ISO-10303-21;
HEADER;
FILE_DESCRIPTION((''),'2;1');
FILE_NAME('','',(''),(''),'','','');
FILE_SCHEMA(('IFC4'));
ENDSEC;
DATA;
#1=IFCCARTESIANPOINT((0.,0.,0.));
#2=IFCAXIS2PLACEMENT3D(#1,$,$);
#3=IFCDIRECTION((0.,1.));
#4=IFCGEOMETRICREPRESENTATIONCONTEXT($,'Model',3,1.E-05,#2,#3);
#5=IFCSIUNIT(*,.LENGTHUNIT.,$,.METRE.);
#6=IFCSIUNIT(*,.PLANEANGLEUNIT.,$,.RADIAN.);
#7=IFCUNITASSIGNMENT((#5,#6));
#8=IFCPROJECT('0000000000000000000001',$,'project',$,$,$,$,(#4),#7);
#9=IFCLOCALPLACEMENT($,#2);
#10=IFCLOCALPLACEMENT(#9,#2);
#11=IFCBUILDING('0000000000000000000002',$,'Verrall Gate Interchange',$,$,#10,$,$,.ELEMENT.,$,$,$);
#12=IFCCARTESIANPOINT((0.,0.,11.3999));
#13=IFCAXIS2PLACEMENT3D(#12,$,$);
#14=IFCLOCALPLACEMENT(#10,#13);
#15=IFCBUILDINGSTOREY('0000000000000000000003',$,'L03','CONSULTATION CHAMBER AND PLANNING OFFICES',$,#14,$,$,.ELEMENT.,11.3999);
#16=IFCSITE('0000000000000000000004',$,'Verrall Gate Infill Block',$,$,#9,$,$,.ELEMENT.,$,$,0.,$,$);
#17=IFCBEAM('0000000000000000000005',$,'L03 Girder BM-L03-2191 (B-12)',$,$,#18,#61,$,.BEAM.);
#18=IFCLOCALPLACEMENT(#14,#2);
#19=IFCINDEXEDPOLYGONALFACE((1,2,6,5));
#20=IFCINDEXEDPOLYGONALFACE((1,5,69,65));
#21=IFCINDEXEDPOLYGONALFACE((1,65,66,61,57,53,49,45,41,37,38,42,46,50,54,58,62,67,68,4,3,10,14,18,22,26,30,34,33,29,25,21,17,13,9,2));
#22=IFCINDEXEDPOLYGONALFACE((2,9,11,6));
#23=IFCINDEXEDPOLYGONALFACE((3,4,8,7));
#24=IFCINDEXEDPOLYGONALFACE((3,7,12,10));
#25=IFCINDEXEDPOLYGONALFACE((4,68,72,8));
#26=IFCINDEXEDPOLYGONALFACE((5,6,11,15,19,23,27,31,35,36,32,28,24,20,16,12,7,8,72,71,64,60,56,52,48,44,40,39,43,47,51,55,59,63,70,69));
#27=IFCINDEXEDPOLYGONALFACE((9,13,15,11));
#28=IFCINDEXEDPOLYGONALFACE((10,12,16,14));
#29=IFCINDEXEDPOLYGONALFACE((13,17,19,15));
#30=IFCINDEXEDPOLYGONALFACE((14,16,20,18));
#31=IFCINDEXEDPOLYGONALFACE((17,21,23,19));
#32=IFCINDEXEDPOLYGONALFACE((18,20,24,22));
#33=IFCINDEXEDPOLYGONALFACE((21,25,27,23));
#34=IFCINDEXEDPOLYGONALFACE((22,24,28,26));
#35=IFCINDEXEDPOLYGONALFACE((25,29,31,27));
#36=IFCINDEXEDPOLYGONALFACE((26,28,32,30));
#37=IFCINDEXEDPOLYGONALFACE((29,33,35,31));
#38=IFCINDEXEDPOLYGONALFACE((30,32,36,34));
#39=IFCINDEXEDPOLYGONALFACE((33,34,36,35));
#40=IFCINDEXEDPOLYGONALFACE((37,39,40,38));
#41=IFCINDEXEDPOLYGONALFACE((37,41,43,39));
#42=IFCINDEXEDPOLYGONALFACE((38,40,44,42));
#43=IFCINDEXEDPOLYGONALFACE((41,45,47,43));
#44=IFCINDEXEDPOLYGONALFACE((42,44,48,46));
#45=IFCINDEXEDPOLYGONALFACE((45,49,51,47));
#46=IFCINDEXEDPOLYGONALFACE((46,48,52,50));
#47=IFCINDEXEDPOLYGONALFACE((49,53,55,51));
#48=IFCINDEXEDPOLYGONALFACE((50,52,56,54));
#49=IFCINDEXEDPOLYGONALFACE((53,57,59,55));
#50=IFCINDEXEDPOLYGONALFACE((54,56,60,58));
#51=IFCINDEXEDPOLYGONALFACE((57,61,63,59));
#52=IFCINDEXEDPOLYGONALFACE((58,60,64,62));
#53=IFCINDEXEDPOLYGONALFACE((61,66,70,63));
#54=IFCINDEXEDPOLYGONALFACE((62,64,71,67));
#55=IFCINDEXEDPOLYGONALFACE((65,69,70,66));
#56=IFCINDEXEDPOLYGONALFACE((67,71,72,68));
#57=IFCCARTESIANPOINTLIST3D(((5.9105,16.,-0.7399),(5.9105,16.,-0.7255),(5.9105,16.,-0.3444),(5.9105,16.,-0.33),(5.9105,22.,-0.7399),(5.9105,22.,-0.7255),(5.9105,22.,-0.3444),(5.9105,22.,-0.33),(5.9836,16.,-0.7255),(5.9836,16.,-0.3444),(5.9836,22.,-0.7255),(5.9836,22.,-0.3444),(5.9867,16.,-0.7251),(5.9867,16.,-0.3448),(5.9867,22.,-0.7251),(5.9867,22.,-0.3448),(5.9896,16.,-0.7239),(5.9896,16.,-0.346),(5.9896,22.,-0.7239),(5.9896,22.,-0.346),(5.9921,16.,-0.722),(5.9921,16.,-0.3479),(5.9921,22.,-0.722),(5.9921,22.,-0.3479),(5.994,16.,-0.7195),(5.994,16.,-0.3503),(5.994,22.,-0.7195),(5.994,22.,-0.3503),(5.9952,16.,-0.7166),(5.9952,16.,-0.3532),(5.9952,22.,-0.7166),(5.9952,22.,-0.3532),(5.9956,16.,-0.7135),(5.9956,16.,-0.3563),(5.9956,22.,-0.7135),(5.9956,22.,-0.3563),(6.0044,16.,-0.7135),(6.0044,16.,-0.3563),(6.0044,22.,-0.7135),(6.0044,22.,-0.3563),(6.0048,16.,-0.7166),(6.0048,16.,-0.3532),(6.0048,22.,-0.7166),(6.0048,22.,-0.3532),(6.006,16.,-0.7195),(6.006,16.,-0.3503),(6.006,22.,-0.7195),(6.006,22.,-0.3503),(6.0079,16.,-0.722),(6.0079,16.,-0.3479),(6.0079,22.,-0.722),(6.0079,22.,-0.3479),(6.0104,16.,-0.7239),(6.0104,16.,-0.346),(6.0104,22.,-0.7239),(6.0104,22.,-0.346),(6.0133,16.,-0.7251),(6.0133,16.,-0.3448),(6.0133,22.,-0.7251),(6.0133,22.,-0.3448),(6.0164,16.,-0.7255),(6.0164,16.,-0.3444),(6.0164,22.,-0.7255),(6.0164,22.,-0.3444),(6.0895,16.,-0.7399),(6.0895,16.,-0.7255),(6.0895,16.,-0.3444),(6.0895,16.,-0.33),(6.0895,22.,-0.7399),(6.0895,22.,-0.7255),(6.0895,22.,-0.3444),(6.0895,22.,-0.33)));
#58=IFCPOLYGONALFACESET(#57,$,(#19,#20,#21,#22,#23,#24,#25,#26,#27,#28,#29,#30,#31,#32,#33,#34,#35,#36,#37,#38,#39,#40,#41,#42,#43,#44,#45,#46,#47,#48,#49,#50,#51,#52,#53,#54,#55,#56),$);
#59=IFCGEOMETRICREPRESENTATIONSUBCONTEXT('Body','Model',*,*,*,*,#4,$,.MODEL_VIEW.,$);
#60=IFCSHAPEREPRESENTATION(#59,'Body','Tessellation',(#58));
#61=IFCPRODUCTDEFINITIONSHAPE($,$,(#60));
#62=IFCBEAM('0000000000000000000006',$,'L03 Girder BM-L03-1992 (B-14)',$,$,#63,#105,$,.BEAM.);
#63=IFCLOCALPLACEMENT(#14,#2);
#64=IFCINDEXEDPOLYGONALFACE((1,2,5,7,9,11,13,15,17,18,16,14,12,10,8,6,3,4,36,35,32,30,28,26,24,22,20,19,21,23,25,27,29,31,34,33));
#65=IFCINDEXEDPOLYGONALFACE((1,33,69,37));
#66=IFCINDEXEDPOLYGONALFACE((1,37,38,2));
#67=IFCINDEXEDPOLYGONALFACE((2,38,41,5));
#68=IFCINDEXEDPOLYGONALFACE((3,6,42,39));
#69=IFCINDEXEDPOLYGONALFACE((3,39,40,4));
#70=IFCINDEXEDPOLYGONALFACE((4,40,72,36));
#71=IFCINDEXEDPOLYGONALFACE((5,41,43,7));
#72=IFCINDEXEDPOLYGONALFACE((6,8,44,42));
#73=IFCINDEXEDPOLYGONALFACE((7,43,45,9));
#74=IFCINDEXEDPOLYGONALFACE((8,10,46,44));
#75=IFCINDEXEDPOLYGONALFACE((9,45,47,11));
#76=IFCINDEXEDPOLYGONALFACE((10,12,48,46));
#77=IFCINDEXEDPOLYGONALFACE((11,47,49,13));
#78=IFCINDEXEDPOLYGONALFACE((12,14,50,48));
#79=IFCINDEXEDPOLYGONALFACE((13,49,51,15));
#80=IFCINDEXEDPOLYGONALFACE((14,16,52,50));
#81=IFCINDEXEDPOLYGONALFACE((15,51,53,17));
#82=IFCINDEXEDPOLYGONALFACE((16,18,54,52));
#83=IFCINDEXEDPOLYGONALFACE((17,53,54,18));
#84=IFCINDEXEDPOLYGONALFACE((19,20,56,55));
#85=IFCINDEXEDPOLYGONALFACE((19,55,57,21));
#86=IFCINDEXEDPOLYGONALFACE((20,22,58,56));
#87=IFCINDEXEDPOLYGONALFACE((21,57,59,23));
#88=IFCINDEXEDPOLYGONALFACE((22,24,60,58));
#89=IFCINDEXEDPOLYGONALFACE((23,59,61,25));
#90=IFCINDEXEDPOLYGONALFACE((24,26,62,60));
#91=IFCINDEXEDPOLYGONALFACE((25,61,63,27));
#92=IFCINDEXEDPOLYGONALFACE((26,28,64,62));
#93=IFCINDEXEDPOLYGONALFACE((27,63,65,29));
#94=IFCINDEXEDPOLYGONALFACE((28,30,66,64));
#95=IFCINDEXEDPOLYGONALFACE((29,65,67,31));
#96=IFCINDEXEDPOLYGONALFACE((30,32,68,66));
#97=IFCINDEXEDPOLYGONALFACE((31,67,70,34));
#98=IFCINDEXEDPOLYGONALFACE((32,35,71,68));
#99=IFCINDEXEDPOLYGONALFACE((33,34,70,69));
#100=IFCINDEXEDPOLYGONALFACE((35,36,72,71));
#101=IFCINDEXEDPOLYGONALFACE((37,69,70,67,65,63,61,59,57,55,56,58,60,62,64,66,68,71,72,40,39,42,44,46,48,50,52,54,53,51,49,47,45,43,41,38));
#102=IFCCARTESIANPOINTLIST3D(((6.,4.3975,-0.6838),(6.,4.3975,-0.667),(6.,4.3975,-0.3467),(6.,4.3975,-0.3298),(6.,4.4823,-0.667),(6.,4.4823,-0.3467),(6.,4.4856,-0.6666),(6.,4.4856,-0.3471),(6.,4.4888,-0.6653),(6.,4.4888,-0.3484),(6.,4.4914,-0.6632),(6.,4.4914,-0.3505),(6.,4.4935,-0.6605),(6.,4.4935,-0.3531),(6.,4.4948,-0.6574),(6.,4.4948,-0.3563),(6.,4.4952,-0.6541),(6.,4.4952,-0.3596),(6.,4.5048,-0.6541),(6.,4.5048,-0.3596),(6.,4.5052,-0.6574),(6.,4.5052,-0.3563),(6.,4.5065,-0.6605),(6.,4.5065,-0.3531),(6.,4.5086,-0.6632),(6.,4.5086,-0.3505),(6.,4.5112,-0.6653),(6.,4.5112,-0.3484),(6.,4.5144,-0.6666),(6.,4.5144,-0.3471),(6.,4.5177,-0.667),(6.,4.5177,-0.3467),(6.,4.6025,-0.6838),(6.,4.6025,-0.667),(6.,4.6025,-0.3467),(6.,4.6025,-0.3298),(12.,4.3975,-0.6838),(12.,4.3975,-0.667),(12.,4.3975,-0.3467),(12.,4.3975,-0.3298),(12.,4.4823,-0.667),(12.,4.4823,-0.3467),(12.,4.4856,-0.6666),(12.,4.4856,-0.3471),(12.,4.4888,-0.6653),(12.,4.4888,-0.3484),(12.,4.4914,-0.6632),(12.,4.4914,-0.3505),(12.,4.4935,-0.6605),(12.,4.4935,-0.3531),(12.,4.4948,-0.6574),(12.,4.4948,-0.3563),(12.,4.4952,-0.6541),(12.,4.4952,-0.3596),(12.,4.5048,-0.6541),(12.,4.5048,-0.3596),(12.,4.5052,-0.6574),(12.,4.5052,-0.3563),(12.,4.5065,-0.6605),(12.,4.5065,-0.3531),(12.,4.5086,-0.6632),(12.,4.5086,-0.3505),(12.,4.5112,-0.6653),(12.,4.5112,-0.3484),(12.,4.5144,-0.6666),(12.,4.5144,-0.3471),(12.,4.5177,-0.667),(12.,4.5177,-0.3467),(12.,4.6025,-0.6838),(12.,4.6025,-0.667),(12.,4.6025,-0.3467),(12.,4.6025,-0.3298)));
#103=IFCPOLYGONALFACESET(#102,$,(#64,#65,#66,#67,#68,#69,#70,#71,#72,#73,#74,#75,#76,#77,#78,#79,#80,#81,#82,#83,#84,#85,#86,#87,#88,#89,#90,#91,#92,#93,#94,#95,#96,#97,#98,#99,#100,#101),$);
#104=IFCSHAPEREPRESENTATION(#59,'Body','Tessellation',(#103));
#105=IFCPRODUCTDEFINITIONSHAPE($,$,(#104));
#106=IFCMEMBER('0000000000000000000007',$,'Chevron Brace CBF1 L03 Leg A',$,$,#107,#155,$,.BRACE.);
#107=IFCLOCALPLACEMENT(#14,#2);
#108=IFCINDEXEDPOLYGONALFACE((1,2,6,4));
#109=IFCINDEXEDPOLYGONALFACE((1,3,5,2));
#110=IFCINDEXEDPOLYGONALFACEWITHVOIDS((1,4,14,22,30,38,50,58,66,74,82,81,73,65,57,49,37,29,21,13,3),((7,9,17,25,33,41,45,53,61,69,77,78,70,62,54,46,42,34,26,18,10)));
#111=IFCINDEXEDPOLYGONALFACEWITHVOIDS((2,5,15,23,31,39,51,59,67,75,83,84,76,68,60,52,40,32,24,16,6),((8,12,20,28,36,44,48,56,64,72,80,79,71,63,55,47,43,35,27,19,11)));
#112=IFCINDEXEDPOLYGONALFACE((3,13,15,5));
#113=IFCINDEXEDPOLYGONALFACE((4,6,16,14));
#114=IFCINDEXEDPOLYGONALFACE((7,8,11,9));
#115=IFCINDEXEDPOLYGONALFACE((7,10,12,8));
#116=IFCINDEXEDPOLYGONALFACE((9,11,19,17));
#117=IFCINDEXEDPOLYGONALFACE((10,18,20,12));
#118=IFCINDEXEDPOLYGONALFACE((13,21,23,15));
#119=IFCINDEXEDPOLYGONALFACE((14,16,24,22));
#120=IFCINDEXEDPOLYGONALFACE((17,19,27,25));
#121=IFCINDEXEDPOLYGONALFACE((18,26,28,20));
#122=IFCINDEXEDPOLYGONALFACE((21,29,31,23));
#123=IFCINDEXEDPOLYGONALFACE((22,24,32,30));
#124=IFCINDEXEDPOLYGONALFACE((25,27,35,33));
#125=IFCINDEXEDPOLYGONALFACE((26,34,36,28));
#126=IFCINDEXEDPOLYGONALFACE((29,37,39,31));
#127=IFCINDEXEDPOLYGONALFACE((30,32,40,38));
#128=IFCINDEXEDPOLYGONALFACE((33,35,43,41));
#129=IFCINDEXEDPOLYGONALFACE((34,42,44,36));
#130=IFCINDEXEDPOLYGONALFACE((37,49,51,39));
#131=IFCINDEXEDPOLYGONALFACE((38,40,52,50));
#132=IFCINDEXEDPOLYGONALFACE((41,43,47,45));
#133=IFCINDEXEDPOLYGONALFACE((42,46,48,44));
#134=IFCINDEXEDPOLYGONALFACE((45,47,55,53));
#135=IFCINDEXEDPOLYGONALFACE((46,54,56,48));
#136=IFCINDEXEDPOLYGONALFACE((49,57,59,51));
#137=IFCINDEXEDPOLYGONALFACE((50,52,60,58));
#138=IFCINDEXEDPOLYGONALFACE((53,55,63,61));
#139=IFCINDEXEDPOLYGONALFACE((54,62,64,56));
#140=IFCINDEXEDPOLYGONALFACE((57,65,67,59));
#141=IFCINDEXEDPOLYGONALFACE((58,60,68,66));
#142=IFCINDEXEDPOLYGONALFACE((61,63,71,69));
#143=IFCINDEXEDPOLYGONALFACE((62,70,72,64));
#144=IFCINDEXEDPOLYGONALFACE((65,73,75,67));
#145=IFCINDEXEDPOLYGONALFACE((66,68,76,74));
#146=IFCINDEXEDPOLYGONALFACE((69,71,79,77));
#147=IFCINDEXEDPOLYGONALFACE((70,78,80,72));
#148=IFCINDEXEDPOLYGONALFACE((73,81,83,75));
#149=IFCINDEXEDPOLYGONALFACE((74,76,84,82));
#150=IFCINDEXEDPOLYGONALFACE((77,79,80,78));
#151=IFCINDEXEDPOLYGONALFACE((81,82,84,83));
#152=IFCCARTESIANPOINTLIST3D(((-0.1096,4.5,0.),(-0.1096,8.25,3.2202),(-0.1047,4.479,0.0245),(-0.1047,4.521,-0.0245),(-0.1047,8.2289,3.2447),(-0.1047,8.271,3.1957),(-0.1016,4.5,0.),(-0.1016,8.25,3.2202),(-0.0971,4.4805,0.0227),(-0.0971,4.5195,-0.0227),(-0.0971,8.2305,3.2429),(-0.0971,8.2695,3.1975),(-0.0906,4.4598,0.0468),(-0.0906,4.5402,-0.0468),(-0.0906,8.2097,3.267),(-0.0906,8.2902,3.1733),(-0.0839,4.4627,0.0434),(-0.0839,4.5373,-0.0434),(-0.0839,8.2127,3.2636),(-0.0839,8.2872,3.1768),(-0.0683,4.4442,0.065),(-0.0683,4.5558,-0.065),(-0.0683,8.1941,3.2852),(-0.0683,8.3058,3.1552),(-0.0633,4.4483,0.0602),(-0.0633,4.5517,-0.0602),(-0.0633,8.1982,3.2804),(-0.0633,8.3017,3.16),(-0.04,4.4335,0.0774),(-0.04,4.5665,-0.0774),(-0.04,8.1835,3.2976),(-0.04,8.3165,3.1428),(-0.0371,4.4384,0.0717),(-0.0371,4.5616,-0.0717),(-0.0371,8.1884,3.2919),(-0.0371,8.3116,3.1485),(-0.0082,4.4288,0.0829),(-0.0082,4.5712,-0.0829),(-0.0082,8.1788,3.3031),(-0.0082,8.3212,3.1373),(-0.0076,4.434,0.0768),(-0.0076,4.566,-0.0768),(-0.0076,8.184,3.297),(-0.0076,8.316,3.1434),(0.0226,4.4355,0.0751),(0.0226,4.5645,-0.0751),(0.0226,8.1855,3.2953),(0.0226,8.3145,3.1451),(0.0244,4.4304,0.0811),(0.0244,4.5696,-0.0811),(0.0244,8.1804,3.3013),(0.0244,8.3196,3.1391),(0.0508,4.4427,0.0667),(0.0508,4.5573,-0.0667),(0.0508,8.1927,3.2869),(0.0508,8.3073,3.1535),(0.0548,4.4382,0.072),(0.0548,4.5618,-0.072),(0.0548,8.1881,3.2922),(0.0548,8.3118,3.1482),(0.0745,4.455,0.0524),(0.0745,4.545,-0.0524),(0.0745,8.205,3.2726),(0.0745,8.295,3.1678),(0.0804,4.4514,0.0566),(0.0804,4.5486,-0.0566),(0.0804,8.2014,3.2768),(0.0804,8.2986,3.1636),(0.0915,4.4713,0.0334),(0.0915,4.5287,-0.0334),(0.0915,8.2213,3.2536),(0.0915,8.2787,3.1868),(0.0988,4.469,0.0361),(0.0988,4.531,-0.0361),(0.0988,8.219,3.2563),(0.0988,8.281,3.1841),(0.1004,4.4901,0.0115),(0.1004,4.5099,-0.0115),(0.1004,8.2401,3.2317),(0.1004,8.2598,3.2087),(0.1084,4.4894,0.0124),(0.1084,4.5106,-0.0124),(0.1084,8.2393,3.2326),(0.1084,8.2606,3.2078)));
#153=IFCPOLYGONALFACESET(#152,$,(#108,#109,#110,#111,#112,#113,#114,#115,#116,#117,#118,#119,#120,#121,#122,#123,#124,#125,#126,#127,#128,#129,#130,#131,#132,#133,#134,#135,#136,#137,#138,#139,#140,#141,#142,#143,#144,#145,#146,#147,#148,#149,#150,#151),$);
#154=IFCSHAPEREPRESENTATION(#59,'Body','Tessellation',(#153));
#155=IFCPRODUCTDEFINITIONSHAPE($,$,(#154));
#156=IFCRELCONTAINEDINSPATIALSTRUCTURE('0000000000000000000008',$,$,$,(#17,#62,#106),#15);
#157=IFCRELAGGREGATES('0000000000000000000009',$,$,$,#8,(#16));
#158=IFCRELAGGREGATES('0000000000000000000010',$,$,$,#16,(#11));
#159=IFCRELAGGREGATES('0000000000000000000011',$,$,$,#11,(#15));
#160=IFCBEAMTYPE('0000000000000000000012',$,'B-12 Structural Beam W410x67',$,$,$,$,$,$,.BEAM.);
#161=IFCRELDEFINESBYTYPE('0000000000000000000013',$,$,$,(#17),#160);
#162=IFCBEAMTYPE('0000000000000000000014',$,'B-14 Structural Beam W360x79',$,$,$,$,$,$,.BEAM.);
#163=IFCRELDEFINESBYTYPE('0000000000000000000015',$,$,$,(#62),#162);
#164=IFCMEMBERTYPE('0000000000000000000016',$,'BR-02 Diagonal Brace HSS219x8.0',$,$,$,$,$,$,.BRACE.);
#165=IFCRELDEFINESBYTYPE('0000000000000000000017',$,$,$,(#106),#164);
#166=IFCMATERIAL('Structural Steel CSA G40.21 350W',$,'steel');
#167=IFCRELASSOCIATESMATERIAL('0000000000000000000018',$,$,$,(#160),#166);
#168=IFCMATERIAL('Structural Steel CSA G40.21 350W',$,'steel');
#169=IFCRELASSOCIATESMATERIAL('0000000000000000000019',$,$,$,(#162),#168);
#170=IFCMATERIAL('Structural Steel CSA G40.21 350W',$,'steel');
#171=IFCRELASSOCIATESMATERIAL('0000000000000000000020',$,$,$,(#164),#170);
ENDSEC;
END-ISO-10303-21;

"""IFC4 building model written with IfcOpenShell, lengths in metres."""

from ifc_helpers import new_model, si_unit, direction, frame, origin, origin_2d, place, context, subcontext, project, spatial, hollow_circle, i_section, extrude, material, material_profile, profile_set, type_object, element, save


model = new_model("IFC4")

# Units and contexts
model_context = context("Model", 3, precision=1e-05, world=origin(), true_north=direction((0.0, 1.0)))
body_context = subcontext(model_context, "Body", "Model", "MODEL_VIEW")
ifc_project = project(units=[si_unit("LENGTHUNIT", "METRE"), si_unit("PLANEANGLEUNIT", "RADIAN")], contexts=[model_context])

# Site, building, storey
site_placement = place(None, origin())
site = spatial("IfcSite", under=ifc_project, at=site_placement, Name="Verrall Gate Infill Block", CompositionType="ELEMENT", RefElevation=0.0)
building_placement = place(site_placement, origin())
building = spatial("IfcBuilding", under=site, at=building_placement, Name="Verrall Gate Interchange", CompositionType="ELEMENT")
storey_placement = place(building_placement, frame((0.0, 0.0, 11.3999)))
storey = spatial("IfcBuildingStorey", under=building, at=storey_placement, Name="L03", Description="CONSULTATION CHAMBER AND PLANNING OFFICES", CompositionType="ELEMENT", Elevation=11.3999)

# Beams
ifc_material_1 = material(Name="Structural Steel CSA G40.21 350W", Category="steel")
ifc_material_profile_1 = material_profile(ifc_material_1, i_section(OverallWidth=0.179, OverallDepth=0.4099, WebThickness=0.0088, FlangeThickness=0.0144, FilletRadius=0.012, at=origin_2d()), Name="W410x67")
ifc_profile_set_1 = profile_set([ifc_material_profile_1], Name="Structural Steel CSA G40.21 350W")
beam_type_1 = type_object("IfcBeamType", Name="B-12 Structural Beam W410x67", PredefinedType="BEAM", material=ifc_profile_set_1)
beam_1_placement = place(storey_placement, frame((6.0, 16.0, -0.5349), z_axis=(0.0, 1.0, 0.0), x_axis=(-1.0, 0.0, 0.0)))
element("IfcBeam", 1, at=beam_1_placement, inside=storey, type_object=beam_type_1, Name="L03 Girder BM-L03-2191 (B-12)", PredefinedType="BEAM", context=body_context, shape_type="SweptSolid", body=[
    extrude(i_section(OverallWidth=0.179, OverallDepth=0.4099, WebThickness=0.0088, FlangeThickness=0.0144, FilletRadius=0.012, at=origin_2d()), origin(), (0.0, 0.0, 1.0), 6.0),
])
ifc_material_2 = material(Name="Structural Steel CSA G40.21 350W", Category="steel")
ifc_material_profile_2 = material_profile(ifc_material_2, i_section(OverallWidth=0.2051, OverallDepth=0.354, WebThickness=0.0095, FlangeThickness=0.0168, FilletRadius=0.0129, at=origin_2d()), Name="W360x79")
ifc_profile_set_2 = profile_set([ifc_material_profile_2], Name="Structural Steel CSA G40.21 350W")
beam_type_2 = type_object("IfcBeamType", Name="B-14 Structural Beam W360x79", PredefinedType="BEAM", material=ifc_profile_set_2)
beam_2_placement = place(storey_placement, frame((6.0, 4.5, -0.5068), z_axis=(1.0, 0.0, 0.0), x_axis=(0.0, 1.0, 0.0)))
element("IfcBeam", 2, at=beam_2_placement, inside=storey, type_object=beam_type_2, Name="L03 Girder BM-L03-1992 (B-14)", PredefinedType="BEAM", context=body_context, shape_type="SweptSolid", body=[
    extrude(i_section(OverallWidth=0.2051, OverallDepth=0.354, WebThickness=0.0095, FlangeThickness=0.0168, FilletRadius=0.0129, at=origin_2d()), origin(), (0.0, 0.0, 1.0), 6.0),
])

# Member
ifc_material_3 = material(Name="Structural Steel CSA G40.21 350W", Category="steel")
ifc_material_profile_3 = material_profile(ifc_material_3, hollow_circle(Radius=0.1096, WallThickness=0.0081, at=origin_2d()), Name="HSS219x8.0")
ifc_profile_set_3 = profile_set([ifc_material_profile_3], Name="Structural Steel CSA G40.21 350W")
member_type = type_object("IfcMemberType", Name="BR-02 Diagonal Brace HSS219x8.0", PredefinedType="BRACE", material=ifc_profile_set_3)
for number, where, z_axis, x_axis, name in (
    (3, (0.0, 4.5, 0.0), (0.0, 0.758664, 0.651483), (-1.0, 0.0, 0.0), "Chevron Brace CBF1 L03 Leg A"),
):
    element("IfcMember", number, at=place(storey_placement, frame(where, z_axis=z_axis, x_axis=x_axis)), inside=storey, type_object=member_type, Name=name, PredefinedType="BRACE", context=body_context, shape_type="SweptSolid", body=[
        extrude(hollow_circle(Radius=0.1096, WallThickness=0.0081, at=origin_2d()), origin(), (0.0, 0.0, 1.0), 4.9429),
    ])

save(model, "model.ifc")
